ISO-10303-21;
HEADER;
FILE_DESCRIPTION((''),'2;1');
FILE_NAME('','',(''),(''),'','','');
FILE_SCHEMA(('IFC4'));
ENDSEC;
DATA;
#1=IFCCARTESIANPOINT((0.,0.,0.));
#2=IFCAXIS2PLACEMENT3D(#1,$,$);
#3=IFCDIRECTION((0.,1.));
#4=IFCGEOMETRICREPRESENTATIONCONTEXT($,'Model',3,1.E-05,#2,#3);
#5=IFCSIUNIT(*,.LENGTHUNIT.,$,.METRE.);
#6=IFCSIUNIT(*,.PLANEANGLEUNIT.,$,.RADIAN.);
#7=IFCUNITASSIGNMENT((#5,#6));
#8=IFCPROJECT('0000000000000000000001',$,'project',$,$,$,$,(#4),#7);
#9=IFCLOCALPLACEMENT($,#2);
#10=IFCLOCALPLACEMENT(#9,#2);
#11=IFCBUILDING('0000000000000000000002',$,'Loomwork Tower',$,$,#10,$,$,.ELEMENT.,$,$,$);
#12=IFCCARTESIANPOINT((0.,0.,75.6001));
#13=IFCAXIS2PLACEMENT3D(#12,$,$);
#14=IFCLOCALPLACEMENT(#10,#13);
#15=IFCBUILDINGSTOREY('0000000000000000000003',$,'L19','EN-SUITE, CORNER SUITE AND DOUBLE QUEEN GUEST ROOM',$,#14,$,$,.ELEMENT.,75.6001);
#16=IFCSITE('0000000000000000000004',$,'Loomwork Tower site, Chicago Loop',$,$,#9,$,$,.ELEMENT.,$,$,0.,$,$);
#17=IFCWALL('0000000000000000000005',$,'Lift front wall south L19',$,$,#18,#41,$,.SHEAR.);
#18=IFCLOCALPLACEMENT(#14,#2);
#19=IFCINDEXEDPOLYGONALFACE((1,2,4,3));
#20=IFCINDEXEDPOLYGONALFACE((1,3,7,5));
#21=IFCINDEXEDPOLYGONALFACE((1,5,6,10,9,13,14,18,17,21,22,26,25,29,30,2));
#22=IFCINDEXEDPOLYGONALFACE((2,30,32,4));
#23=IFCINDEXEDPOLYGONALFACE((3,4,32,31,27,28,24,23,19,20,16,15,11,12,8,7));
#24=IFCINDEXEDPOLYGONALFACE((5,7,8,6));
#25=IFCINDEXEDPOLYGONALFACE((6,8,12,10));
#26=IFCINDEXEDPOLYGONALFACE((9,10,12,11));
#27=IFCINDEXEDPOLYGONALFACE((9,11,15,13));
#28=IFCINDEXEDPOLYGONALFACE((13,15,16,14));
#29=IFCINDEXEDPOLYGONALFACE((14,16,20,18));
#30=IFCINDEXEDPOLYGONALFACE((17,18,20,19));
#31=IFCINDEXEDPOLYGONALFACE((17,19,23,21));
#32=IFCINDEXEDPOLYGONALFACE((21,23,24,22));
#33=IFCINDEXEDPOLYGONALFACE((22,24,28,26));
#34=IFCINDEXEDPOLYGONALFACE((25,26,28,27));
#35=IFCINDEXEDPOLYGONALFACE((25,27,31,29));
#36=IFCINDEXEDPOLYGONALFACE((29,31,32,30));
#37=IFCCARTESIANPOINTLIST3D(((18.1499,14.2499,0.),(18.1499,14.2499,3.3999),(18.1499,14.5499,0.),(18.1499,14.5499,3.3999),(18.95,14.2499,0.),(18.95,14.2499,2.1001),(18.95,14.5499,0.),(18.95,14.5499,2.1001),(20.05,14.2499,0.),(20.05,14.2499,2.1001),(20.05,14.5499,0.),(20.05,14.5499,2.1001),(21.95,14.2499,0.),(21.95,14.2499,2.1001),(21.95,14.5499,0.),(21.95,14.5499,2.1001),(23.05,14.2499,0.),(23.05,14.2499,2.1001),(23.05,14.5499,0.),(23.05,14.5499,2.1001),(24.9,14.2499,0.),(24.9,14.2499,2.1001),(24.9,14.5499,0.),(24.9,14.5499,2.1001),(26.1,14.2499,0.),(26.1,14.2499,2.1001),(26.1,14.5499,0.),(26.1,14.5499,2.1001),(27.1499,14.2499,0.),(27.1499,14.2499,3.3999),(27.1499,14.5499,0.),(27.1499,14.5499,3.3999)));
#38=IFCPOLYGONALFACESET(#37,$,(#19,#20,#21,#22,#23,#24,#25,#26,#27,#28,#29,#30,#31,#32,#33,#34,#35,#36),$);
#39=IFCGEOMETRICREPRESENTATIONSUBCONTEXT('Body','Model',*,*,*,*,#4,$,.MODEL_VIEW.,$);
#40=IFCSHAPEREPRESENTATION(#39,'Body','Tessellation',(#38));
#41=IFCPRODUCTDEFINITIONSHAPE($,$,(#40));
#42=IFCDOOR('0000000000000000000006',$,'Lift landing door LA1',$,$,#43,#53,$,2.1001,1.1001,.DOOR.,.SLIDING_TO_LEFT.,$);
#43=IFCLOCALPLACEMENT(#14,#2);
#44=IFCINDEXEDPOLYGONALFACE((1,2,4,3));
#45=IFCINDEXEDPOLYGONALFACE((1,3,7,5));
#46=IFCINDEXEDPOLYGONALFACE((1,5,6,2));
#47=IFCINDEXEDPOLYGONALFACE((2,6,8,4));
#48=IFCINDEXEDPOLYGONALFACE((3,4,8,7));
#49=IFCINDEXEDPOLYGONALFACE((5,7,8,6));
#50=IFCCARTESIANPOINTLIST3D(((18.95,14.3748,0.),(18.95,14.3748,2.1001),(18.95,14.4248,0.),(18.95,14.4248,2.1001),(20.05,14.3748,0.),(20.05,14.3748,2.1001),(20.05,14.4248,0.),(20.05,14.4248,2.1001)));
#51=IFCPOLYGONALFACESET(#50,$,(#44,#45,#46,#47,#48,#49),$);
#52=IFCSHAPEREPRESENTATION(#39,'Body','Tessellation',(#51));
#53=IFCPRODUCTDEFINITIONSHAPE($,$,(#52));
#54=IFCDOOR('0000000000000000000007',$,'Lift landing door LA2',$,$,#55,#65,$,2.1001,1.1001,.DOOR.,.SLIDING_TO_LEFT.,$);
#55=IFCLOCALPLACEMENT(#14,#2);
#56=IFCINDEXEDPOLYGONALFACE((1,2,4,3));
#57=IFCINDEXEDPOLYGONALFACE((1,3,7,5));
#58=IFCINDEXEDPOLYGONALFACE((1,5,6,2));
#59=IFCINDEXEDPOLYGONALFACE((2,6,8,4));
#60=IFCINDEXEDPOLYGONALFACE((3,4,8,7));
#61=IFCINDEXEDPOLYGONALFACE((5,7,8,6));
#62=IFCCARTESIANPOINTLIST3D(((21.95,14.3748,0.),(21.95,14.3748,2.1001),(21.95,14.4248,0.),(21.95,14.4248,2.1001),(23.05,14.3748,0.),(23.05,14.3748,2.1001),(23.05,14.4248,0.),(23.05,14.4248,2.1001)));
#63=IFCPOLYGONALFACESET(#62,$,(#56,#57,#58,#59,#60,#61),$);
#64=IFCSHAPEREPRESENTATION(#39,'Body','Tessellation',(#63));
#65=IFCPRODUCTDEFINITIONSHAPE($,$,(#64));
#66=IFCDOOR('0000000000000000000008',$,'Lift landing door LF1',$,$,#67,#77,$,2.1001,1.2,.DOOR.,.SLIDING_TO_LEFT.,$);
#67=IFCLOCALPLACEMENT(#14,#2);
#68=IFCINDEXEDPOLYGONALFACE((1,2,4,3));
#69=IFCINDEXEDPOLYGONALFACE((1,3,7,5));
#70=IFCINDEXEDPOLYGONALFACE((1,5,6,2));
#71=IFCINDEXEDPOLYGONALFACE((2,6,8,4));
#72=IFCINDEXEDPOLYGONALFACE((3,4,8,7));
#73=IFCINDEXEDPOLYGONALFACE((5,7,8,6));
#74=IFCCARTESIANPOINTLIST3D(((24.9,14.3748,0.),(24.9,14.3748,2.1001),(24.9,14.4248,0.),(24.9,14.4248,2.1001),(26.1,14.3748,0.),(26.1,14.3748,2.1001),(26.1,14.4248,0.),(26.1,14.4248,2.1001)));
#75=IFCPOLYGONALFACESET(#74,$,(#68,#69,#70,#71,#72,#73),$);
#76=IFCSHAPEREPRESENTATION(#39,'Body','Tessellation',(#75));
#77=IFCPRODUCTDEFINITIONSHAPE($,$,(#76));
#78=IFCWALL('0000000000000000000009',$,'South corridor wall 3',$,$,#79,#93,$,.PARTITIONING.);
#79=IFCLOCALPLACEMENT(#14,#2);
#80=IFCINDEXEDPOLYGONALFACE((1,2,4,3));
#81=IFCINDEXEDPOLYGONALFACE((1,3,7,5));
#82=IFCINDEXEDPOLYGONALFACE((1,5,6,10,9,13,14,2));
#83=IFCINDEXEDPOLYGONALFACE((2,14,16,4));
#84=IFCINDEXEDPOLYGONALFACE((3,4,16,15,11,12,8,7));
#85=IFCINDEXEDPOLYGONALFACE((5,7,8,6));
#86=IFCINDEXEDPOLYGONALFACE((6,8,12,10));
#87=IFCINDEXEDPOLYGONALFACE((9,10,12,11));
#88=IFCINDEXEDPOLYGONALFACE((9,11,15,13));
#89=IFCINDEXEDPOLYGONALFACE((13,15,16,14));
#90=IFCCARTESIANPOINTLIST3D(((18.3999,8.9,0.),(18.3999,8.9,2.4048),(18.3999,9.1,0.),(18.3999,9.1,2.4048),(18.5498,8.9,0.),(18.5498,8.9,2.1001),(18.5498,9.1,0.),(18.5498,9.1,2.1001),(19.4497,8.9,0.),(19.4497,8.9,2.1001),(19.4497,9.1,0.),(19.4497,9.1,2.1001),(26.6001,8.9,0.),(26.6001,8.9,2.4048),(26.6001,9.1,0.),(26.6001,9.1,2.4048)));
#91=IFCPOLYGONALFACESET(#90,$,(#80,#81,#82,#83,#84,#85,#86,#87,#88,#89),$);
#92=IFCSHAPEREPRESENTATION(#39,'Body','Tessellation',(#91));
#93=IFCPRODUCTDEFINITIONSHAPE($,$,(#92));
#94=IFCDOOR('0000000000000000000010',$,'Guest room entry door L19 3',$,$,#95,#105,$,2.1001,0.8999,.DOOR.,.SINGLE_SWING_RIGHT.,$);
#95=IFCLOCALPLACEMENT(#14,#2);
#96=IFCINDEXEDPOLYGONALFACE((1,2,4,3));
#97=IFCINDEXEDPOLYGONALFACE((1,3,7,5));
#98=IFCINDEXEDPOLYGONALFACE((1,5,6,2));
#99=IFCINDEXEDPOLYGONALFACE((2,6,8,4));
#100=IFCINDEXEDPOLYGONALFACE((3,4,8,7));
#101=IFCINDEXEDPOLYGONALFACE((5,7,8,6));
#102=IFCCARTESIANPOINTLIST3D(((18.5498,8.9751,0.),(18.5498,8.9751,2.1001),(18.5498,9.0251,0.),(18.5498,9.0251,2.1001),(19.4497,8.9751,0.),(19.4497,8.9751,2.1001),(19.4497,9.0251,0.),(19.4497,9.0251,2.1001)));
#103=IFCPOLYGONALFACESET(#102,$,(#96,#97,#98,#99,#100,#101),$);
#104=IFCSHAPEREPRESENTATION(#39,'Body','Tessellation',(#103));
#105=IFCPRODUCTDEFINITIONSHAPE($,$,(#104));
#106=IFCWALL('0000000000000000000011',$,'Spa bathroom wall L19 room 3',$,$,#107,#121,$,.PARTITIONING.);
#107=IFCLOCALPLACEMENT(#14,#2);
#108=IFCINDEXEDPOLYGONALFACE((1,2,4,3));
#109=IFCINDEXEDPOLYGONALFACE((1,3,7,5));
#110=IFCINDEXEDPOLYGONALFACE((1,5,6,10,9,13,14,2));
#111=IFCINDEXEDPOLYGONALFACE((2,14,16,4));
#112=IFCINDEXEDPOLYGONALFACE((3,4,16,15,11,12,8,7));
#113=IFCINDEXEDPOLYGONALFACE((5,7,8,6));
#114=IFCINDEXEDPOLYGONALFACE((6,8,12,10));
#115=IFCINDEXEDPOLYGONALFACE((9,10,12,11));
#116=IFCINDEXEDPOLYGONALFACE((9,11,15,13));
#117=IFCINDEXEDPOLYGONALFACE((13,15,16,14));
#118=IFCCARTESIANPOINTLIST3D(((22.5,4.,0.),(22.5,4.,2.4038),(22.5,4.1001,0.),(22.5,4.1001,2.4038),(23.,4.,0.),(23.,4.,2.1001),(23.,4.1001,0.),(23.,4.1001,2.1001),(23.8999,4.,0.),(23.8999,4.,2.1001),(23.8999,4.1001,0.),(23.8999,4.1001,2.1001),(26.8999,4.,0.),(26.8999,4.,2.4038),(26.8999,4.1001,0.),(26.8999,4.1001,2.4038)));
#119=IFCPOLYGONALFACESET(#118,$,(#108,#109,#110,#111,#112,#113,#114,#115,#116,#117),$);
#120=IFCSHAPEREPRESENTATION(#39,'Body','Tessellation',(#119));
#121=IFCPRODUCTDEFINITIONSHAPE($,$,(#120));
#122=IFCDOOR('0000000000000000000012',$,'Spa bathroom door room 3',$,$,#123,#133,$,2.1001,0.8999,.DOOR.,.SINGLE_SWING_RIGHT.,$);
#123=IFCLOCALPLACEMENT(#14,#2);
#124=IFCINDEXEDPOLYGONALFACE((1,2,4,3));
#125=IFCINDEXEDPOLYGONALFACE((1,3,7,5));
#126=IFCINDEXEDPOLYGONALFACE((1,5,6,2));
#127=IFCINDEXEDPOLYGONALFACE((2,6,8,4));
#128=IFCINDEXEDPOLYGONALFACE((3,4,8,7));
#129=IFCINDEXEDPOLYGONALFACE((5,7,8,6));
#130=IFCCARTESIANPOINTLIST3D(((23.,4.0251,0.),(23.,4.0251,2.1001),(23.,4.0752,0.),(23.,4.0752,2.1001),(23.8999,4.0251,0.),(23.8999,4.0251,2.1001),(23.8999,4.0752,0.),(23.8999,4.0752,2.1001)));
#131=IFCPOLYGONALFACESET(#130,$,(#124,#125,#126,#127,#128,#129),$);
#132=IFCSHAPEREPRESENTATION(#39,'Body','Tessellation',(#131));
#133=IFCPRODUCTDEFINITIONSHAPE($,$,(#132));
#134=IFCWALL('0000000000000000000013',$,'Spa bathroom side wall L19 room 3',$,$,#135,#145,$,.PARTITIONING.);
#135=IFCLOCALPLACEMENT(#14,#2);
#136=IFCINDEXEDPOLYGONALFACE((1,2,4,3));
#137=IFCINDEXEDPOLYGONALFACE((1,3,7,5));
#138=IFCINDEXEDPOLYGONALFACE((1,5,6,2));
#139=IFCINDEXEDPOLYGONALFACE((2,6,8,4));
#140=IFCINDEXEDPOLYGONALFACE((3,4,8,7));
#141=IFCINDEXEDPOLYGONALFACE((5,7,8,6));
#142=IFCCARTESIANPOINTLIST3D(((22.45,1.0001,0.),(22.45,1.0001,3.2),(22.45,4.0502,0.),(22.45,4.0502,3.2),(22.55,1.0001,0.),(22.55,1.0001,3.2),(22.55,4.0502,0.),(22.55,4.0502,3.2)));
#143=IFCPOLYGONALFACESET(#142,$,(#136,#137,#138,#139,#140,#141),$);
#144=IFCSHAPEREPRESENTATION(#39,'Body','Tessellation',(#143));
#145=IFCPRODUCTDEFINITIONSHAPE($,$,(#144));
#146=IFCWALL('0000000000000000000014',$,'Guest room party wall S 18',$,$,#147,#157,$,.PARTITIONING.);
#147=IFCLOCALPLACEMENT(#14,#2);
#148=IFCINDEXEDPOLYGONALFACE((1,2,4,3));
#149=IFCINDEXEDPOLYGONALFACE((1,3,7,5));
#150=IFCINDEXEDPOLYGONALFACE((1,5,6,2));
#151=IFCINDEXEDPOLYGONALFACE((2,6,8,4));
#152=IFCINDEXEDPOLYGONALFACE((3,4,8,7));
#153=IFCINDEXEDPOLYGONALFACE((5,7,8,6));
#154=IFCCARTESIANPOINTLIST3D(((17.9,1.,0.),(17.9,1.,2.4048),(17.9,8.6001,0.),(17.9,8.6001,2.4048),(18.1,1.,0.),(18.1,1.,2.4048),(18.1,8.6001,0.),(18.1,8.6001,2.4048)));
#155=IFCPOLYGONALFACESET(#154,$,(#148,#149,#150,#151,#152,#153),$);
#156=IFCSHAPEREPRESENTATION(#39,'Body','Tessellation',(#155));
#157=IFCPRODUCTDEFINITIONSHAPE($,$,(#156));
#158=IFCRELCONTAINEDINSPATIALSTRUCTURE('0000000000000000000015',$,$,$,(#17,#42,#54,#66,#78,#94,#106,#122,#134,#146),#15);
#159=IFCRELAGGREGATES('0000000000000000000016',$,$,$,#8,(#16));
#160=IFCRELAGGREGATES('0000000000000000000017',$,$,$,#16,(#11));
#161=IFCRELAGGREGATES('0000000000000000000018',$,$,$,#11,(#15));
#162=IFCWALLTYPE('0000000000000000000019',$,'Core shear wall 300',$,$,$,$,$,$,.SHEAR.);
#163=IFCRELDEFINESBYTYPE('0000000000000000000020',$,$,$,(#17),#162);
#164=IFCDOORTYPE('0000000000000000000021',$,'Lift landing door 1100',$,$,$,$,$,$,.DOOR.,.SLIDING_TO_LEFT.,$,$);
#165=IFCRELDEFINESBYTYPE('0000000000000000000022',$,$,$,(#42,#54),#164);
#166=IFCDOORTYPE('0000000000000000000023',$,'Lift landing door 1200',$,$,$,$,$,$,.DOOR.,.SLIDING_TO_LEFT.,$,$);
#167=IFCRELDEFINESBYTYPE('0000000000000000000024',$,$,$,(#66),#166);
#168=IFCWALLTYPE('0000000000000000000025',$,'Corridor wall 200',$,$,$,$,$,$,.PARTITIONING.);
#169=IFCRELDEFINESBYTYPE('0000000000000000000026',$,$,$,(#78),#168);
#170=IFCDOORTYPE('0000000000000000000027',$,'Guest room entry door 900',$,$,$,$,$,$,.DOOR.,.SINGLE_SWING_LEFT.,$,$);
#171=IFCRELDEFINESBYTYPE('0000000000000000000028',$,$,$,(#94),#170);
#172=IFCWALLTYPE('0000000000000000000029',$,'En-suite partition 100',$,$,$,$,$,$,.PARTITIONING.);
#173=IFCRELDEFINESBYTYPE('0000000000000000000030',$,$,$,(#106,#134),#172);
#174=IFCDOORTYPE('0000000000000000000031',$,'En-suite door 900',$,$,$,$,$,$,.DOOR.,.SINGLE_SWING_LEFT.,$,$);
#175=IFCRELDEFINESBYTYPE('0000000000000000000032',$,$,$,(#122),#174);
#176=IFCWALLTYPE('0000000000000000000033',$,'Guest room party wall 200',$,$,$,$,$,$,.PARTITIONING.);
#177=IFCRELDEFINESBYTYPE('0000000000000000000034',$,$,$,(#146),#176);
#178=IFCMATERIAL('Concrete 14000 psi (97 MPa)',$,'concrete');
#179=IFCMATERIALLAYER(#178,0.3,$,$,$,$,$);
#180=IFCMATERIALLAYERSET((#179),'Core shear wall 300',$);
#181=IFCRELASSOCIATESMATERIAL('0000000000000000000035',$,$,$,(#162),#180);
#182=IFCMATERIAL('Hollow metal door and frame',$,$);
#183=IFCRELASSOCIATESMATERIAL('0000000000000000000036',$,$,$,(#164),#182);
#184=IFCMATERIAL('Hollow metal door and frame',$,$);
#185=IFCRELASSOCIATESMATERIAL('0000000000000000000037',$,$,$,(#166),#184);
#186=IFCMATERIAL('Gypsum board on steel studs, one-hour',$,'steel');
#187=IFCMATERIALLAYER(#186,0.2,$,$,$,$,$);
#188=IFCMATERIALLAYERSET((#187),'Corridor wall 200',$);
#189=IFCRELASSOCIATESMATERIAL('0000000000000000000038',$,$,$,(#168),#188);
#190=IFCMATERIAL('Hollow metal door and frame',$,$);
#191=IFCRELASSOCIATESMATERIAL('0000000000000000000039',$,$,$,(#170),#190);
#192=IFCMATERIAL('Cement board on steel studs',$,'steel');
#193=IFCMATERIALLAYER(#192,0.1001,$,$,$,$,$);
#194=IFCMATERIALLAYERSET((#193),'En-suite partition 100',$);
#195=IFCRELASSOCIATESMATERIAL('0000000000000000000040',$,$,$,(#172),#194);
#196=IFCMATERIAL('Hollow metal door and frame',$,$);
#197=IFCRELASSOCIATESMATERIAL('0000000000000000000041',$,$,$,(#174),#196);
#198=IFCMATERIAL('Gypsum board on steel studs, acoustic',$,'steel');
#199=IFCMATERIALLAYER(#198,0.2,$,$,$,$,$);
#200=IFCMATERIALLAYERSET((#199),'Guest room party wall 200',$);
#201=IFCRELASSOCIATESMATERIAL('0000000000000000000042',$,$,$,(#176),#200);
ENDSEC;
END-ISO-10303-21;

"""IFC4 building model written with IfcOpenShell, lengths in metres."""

from ifc_helpers import new_model, si_unit, direction, frame, frame_2d, origin, place, context, subcontext, project, spatial, rectangle, extrude, material, layer, layer_set, type_object, element, fill, save


model = new_model("IFC4")

# Units and contexts
model_context = context("Model", 3, precision=1e-05, world=origin(), true_north=direction((0.0, 1.0)))
body_context = subcontext(model_context, "Body", "Model", "MODEL_VIEW")
ifc_project = project(units=[si_unit("LENGTHUNIT", "METRE"), si_unit("PLANEANGLEUNIT", "RADIAN")], contexts=[model_context])

# Site, building, storey
site_placement = place(None, origin())
site = spatial("IfcSite", under=ifc_project, at=site_placement, Name="Loomwork Tower site, Chicago Loop", CompositionType="ELEMENT", RefElevation=0.0)
building_placement = place(site_placement, origin())
building = spatial("IfcBuilding", under=site, at=building_placement, Name="Loomwork Tower", CompositionType="ELEMENT")
storey_placement = place(building_placement, frame((0.0, 0.0, 75.6001)))
storey = spatial("IfcBuildingStorey", under=building, at=storey_placement, Name="L19", Description="EN-SUITE, CORNER SUITE AND DOUBLE QUEEN GUEST ROOM", CompositionType="ELEMENT", Elevation=75.6001)

# Wall, openings, doors
ifc_material_1 = material(Name="Concrete 14000 psi (97 MPa)", Category="concrete")
ifc_layer_1 = layer(ifc_material_1, 0.3)
ifc_layer_set_1 = layer_set([ifc_layer_1], Name="Core shear wall 300")
wall_type_1 = type_object("IfcWallType", Name="Core shear wall 300", PredefinedType="SHEAR", material=ifc_layer_set_1)
wall_1_placement = place(storey_placement, frame((18.1499, 14.3999, 0.0), z_axis=(0.0, 0.0, 1.0), x_axis=(1.0, 0.0, 0.0)))
wall_1 = element("IfcWall", 1, at=wall_1_placement, inside=storey, type_object=wall_type_1, Name="Lift front wall south L19", PredefinedType="SHEAR", context=body_context, shape_type="SweptSolid", body=[
    extrude(rectangle(XDim=9.0, YDim=0.3, at=frame_2d((4.5, 0.0))), origin(), (0.0, 0.0, 1.0), 3.3999),
])
opening_1_placement = place(wall_1_placement, frame((0.8, 0.0, 0.0)))
opening_1 = element("IfcOpeningElement", 2, at=opening_1_placement, cuts=wall_1, PredefinedType="OPENING", context=body_context, shape_type="SweptSolid", body=[
    extrude(rectangle(XDim=1.1001, YDim=2.1001, at=frame_2d((0.55, 1.05))), frame((0.0, 0.1599, 0.0), z_axis=(0.0, -1.0, 0.0), x_axis=(1.0, 0.0, 0.0)), (0.0, 0.0, 1.0), 0.3201),
])
opening_2_placement = place(wall_1_placement, frame((3.8, 0.0, 0.0)))
opening_2 = element("IfcOpeningElement", 3, at=opening_2_placement, cuts=wall_1, PredefinedType="OPENING", context=body_context, shape_type="SweptSolid", body=[
    extrude(rectangle(XDim=1.1001, YDim=2.1001, at=frame_2d((0.55, 1.05))), frame((0.0, 0.1599, 0.0), z_axis=(0.0, -1.0, 0.0), x_axis=(1.0, 0.0, 0.0)), (0.0, 0.0, 1.0), 0.3201),
])
opening_3_placement = place(wall_1_placement, frame((6.75, 0.0, 0.0)))
opening_3 = element("IfcOpeningElement", 4, at=opening_3_placement, cuts=wall_1, PredefinedType="OPENING", context=body_context, shape_type="SweptSolid", body=[
    extrude(rectangle(XDim=1.2, YDim=2.1001, at=frame_2d((0.6001, 1.05))), frame((0.0, 0.1599, 0.0), z_axis=(0.0, -1.0, 0.0), x_axis=(1.0, 0.0, 0.0)), (0.0, 0.0, 1.0), 0.3201),
])
ifc_material_2 = material(Name="Hollow metal door and frame")
door_type_1 = type_object("IfcDoorType", Name="Lift landing door 1100", OperationType="SLIDING_TO_LEFT", PredefinedType="DOOR", material=ifc_material_2)
door_1_placement = place(opening_1_placement, origin())
door_1 = element("IfcDoor", 5, at=door_1_placement, inside=storey, type_object=door_type_1, Name="Lift landing door LA1", OperationType="SLIDING_TO_LEFT", OverallHeight=2.1001, OverallWidth=1.1001, PredefinedType="DOOR", context=body_context, shape_type="SweptSolid", body=[
    extrude(rectangle(XDim=1.1001, YDim=2.1001, at=frame_2d((0.55, 1.05))), frame((0.0, 0.0249, 0.0), z_axis=(0.0, -1.0, 0.0), x_axis=(1.0, 0.0, 0.0)), (0.0, 0.0, 1.0), 0.05),
])
fill(opening_1, door_1)
door_2_placement = place(opening_2_placement, origin())
door_2 = element("IfcDoor", 6, at=door_2_placement, inside=storey, type_object=door_type_1, Name="Lift landing door LA2", OperationType="SLIDING_TO_LEFT", OverallHeight=2.1001, OverallWidth=1.1001, PredefinedType="DOOR", context=body_context, shape_type="SweptSolid", body=[
    extrude(rectangle(XDim=1.1001, YDim=2.1001, at=frame_2d((0.55, 1.05))), frame((0.0, 0.0249, 0.0), z_axis=(0.0, -1.0, 0.0), x_axis=(1.0, 0.0, 0.0)), (0.0, 0.0, 1.0), 0.05),
])
fill(opening_2, door_2)
ifc_material_3 = material(Name="Hollow metal door and frame")
door_type_2 = type_object("IfcDoorType", Name="Lift landing door 1200", OperationType="SLIDING_TO_LEFT", PredefinedType="DOOR", material=ifc_material_3)
door_3_placement = place(opening_3_placement, origin())
door_3 = element("IfcDoor", 7, at=door_3_placement, inside=storey, type_object=door_type_2, Name="Lift landing door LF1", OperationType="SLIDING_TO_LEFT", OverallHeight=2.1001, OverallWidth=1.2, PredefinedType="DOOR", context=body_context, shape_type="SweptSolid", body=[
    extrude(rectangle(XDim=1.2, YDim=2.1001, at=frame_2d((0.6001, 1.05))), frame((0.0, 0.0249, 0.0), z_axis=(0.0, -1.0, 0.0), x_axis=(1.0, 0.0, 0.0)), (0.0, 0.0, 1.0), 0.05),
])
fill(opening_3, door_3)

# Walls, openings, doors
ifc_material_4 = material(Name="Gypsum board on steel studs, one-hour", Category="steel")
ifc_layer_2 = layer(ifc_material_4, 0.2)
ifc_layer_set_2 = layer_set([ifc_layer_2], Name="Corridor wall 200")
wall_type_2 = type_object("IfcWallType", Name="Corridor wall 200", PredefinedType="PARTITIONING", material=ifc_layer_set_2)
wall_2_placement = place(storey_placement, frame((18.3999, 9.0, 0.0), z_axis=(0.0, 0.0, 1.0), x_axis=(1.0, 0.0, 0.0)))
wall_2 = element("IfcWall", 8, at=wall_2_placement, inside=storey, type_object=wall_type_2, Name="South corridor wall 3", PredefinedType="PARTITIONING", context=body_context, shape_type="SweptSolid", body=[
    extrude(rectangle(XDim=8.2002, YDim=0.2, at=frame_2d((4.1001, 0.0))), origin(), (0.0, 0.0, 1.0), 2.4048),
])
opening_4_placement = place(wall_2_placement, frame((0.1499, 0.0, 0.0)))
opening_4 = element("IfcOpeningElement", 9, at=opening_4_placement, cuts=wall_2, PredefinedType="OPENING", context=body_context, shape_type="SweptSolid", body=[
    extrude(rectangle(XDim=0.8999, YDim=2.1001, at=frame_2d((0.45, 1.05))), frame((0.0, 0.1099, 0.0), z_axis=(0.0, -1.0, 0.0), x_axis=(1.0, 0.0, 0.0)), (0.0, 0.0, 1.0), 0.22),
])
ifc_material_5 = material(Name="Hollow metal door and frame")
door_type_3 = type_object("IfcDoorType", Name="Guest room entry door 900", OperationType="SINGLE_SWING_LEFT", PredefinedType="DOOR", material=ifc_material_5)
door_4_placement = place(opening_4_placement, frame((0.8999, 0.0, 0.0), z_axis=(0.0, 0.0, 1.0), x_axis=(-1.0, 0.0, 0.0)))
door_4 = element("IfcDoor", 10, at=door_4_placement, inside=storey, type_object=door_type_3, Name="Guest room entry door L19 3", OperationType="SINGLE_SWING_RIGHT", OverallHeight=2.1001, OverallWidth=0.8999, PredefinedType="DOOR", context=body_context, shape_type="SweptSolid", body=[
    extrude(rectangle(XDim=0.8999, YDim=2.1001, at=frame_2d((0.45, 1.05))), frame((0.0, 0.0249, 0.0), z_axis=(0.0, -1.0, 0.0), x_axis=(1.0, 0.0, 0.0)), (0.0, 0.0, 1.0), 0.05),
])
fill(opening_4, door_4)
ifc_material_6 = material(Name="Cement board on steel studs", Category="steel")
ifc_layer_3 = layer(ifc_material_6, 0.1001)
ifc_layer_set_3 = layer_set([ifc_layer_3], Name="En-suite partition 100")
wall_type_3 = type_object("IfcWallType", Name="En-suite partition 100", PredefinedType="PARTITIONING", material=ifc_layer_set_3)
wall_3_placement = place(storey_placement, frame((22.5, 4.05, 0.0), z_axis=(0.0, 0.0, 1.0), x_axis=(1.0, 0.0, 0.0)))
wall_3 = element("IfcWall", 11, at=wall_3_placement, inside=storey, type_object=wall_type_3, Name="Spa bathroom wall L19 room 3", PredefinedType="PARTITIONING", context=body_context, shape_type="SweptSolid", body=[
    extrude(rectangle(XDim=4.3999, YDim=0.1001, at=frame_2d((2.2, 0.0))), origin(), (0.0, 0.0, 1.0), 2.4038),
])
opening_5_placement = place(wall_3_placement, frame((0.5, 0.0, 0.0)))
opening_5 = element("IfcOpeningElement", 12, at=opening_5_placement, cuts=wall_3, PredefinedType="OPENING", context=body_context, shape_type="SweptSolid", body=[
    extrude(rectangle(XDim=0.8999, YDim=2.1001, at=frame_2d((0.45, 1.05))), frame((0.0, 0.0601, 0.0), z_axis=(0.0, -1.0, 0.0), x_axis=(1.0, 0.0, 0.0)), (0.0, 0.0, 1.0), 0.1201),
])
ifc_material_7 = material(Name="Hollow metal door and frame")
door_type_4 = type_object("IfcDoorType", Name="En-suite door 900", OperationType="SINGLE_SWING_LEFT", PredefinedType="DOOR", material=ifc_material_7)
door_5_placement = place(opening_5_placement, frame((0.8999, 0.0, 0.0), z_axis=(0.0, 0.0, 1.0), x_axis=(-1.0, 0.0, 0.0)))
door_5 = element("IfcDoor", 13, at=door_5_placement, inside=storey, type_object=door_type_4, Name="Spa bathroom door room 3", OperationType="SINGLE_SWING_RIGHT", OverallHeight=2.1001, OverallWidth=0.8999, PredefinedType="DOOR", context=body_context, shape_type="SweptSolid", body=[
    extrude(rectangle(XDim=0.8999, YDim=2.1001, at=frame_2d((0.45, 1.05))), frame((0.0, 0.0249, 0.0), z_axis=(0.0, -1.0, 0.0), x_axis=(1.0, 0.0, 0.0)), (0.0, 0.0, 1.0), 0.05),
])
fill(opening_5, door_5)

# Walls
wall_4_placement = place(storey_placement, frame((22.5, 4.05, 0.0), z_axis=(0.0, 0.0, 1.0), x_axis=(0.0, -1.0, 0.0)))
element("IfcWall", 14, at=wall_4_placement, inside=storey, type_object=wall_type_3, Name="Spa bathroom side wall L19 room 3", PredefinedType="PARTITIONING", context=body_context, shape_type="SweptSolid", body=[
    extrude(rectangle(XDim=3.05, YDim=0.1001, at=frame_2d((1.5249, 0.0))), origin(), (0.0, 0.0, 1.0), 3.2),
])
ifc_material_8 = material(Name="Gypsum board on steel studs, acoustic", Category="steel")
ifc_layer_4 = layer(ifc_material_8, 0.2)
ifc_layer_set_4 = layer_set([ifc_layer_4], Name="Guest room party wall 200")
wall_type_4 = type_object("IfcWallType", Name="Guest room party wall 200", PredefinedType="PARTITIONING", material=ifc_layer_set_4)
wall_5_placement = place(storey_placement, frame((18.0, 8.6001, 0.0), z_axis=(0.0, 0.0, 1.0), x_axis=(0.0, -1.0, 0.0)))
element("IfcWall", 15, at=wall_5_placement, inside=storey, type_object=wall_type_4, Name="Guest room party wall S 18", PredefinedType="PARTITIONING", context=body_context, shape_type="SweptSolid", body=[
    extrude(rectangle(XDim=7.6001, YDim=0.2, at=frame_2d((3.8, 0.0))), origin(), (0.0, 0.0, 1.0), 2.4048),
])

save(model, "model.ifc")
